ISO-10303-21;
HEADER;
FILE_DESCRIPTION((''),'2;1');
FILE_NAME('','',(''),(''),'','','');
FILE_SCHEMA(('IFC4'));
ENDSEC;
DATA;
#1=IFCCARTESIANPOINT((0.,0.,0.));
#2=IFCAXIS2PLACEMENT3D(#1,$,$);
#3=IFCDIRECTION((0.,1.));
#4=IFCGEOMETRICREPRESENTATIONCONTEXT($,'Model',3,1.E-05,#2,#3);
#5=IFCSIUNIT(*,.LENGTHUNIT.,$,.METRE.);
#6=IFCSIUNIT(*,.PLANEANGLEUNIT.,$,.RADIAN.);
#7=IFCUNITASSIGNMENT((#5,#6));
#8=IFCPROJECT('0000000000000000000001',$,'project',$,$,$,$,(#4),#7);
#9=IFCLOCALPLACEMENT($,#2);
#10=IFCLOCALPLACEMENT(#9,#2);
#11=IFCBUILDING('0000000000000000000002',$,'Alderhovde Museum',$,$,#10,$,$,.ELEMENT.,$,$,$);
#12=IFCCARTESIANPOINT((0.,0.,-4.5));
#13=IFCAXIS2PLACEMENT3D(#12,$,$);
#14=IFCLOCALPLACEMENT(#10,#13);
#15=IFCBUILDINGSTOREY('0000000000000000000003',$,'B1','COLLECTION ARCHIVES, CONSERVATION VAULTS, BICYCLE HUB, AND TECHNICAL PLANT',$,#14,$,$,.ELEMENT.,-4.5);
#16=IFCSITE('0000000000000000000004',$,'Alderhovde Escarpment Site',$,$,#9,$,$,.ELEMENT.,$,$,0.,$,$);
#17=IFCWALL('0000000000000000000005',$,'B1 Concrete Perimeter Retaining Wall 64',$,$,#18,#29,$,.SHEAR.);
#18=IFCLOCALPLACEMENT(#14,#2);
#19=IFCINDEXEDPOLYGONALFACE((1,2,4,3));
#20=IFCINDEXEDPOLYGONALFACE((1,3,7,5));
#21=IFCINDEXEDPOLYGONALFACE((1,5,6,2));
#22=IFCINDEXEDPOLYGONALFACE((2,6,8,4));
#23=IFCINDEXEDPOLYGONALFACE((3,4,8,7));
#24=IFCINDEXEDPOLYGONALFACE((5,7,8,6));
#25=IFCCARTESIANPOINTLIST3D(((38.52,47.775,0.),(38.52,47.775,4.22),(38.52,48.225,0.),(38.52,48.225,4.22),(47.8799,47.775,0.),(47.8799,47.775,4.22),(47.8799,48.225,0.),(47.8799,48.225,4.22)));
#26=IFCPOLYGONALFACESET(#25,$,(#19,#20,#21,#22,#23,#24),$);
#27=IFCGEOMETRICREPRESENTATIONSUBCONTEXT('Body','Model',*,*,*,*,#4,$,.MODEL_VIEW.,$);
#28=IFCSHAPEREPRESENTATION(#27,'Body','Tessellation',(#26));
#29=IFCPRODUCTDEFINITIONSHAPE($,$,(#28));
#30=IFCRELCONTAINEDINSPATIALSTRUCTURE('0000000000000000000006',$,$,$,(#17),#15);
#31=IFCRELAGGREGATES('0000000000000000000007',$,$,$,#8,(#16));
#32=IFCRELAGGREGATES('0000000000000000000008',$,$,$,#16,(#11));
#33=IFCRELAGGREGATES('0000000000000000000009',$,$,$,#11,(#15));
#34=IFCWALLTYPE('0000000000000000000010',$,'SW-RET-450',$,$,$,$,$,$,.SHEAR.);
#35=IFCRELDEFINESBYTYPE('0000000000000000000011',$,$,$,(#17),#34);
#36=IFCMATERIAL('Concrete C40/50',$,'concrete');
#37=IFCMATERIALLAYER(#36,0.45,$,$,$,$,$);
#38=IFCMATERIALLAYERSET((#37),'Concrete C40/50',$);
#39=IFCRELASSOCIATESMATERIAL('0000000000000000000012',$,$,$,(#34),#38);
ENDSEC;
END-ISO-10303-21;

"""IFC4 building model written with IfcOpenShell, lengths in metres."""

from ifc_helpers import new_model, si_unit, direction, frame, frame_2d, origin, place, context, subcontext, project, spatial, rectangle, extrude, material, layer, layer_set, type_object, element, save


model = new_model("IFC4")

# Units and contexts
model_context = context("Model", 3, precision=1e-05, world=origin(), true_north=direction((0.0, 1.0)))
body_context = subcontext(model_context, "Body", "Model", "MODEL_VIEW")
ifc_project = project(units=[si_unit("LENGTHUNIT", "METRE"), si_unit("PLANEANGLEUNIT", "RADIAN")], contexts=[model_context])

# Site, building, storey
site_placement = place(None, origin())
site = spatial("IfcSite", under=ifc_project, at=site_placement, Name="Alderhovde Escarpment Site", CompositionType="ELEMENT", RefElevation=0.0)
building_placement = place(site_placement, origin())
building = spatial("IfcBuilding", under=site, at=building_placement, Name="Alderhovde Museum", CompositionType="ELEMENT")
storey_placement = place(building_placement, frame((0.0, 0.0, -4.5)))
storey = spatial("IfcBuildingStorey", under=building, at=storey_placement, Name="B1", Description="COLLECTION ARCHIVES, CONSERVATION VAULTS, BICYCLE HUB, AND TECHNICAL PLANT", CompositionType="ELEMENT", Elevation=-4.5)

# Wall
ifc_material_1 = material(Name="Concrete C40/50", Category="concrete")
ifc_layer_1 = layer(ifc_material_1, 0.45)
ifc_layer_set_1 = layer_set([ifc_layer_1], Name="Concrete C40/50")
wall_type_1 = type_object("IfcWallType", Name="SW-RET-450", PredefinedType="SHEAR", material=ifc_layer_set_1)
wall_1_placement = place(storey_placement, frame((38.52, 48.0, 0.0), z_axis=(0.0, 0.0, 1.0), x_axis=(1.0, 0.0, 0.0)))
element("IfcWall", 1, at=wall_1_placement, inside=storey, type_object=wall_type_1, Name="B1 Concrete Perimeter Retaining Wall 64", PredefinedType="SHEAR", context=body_context, shape_type="SweptSolid", body=[
    extrude(rectangle(XDim=9.3599, YDim=0.45, at=frame_2d((4.6799, 0.0))), origin(), (0.0, 0.0, 1.0), 4.22),
])

save(model, "model.ifc")
